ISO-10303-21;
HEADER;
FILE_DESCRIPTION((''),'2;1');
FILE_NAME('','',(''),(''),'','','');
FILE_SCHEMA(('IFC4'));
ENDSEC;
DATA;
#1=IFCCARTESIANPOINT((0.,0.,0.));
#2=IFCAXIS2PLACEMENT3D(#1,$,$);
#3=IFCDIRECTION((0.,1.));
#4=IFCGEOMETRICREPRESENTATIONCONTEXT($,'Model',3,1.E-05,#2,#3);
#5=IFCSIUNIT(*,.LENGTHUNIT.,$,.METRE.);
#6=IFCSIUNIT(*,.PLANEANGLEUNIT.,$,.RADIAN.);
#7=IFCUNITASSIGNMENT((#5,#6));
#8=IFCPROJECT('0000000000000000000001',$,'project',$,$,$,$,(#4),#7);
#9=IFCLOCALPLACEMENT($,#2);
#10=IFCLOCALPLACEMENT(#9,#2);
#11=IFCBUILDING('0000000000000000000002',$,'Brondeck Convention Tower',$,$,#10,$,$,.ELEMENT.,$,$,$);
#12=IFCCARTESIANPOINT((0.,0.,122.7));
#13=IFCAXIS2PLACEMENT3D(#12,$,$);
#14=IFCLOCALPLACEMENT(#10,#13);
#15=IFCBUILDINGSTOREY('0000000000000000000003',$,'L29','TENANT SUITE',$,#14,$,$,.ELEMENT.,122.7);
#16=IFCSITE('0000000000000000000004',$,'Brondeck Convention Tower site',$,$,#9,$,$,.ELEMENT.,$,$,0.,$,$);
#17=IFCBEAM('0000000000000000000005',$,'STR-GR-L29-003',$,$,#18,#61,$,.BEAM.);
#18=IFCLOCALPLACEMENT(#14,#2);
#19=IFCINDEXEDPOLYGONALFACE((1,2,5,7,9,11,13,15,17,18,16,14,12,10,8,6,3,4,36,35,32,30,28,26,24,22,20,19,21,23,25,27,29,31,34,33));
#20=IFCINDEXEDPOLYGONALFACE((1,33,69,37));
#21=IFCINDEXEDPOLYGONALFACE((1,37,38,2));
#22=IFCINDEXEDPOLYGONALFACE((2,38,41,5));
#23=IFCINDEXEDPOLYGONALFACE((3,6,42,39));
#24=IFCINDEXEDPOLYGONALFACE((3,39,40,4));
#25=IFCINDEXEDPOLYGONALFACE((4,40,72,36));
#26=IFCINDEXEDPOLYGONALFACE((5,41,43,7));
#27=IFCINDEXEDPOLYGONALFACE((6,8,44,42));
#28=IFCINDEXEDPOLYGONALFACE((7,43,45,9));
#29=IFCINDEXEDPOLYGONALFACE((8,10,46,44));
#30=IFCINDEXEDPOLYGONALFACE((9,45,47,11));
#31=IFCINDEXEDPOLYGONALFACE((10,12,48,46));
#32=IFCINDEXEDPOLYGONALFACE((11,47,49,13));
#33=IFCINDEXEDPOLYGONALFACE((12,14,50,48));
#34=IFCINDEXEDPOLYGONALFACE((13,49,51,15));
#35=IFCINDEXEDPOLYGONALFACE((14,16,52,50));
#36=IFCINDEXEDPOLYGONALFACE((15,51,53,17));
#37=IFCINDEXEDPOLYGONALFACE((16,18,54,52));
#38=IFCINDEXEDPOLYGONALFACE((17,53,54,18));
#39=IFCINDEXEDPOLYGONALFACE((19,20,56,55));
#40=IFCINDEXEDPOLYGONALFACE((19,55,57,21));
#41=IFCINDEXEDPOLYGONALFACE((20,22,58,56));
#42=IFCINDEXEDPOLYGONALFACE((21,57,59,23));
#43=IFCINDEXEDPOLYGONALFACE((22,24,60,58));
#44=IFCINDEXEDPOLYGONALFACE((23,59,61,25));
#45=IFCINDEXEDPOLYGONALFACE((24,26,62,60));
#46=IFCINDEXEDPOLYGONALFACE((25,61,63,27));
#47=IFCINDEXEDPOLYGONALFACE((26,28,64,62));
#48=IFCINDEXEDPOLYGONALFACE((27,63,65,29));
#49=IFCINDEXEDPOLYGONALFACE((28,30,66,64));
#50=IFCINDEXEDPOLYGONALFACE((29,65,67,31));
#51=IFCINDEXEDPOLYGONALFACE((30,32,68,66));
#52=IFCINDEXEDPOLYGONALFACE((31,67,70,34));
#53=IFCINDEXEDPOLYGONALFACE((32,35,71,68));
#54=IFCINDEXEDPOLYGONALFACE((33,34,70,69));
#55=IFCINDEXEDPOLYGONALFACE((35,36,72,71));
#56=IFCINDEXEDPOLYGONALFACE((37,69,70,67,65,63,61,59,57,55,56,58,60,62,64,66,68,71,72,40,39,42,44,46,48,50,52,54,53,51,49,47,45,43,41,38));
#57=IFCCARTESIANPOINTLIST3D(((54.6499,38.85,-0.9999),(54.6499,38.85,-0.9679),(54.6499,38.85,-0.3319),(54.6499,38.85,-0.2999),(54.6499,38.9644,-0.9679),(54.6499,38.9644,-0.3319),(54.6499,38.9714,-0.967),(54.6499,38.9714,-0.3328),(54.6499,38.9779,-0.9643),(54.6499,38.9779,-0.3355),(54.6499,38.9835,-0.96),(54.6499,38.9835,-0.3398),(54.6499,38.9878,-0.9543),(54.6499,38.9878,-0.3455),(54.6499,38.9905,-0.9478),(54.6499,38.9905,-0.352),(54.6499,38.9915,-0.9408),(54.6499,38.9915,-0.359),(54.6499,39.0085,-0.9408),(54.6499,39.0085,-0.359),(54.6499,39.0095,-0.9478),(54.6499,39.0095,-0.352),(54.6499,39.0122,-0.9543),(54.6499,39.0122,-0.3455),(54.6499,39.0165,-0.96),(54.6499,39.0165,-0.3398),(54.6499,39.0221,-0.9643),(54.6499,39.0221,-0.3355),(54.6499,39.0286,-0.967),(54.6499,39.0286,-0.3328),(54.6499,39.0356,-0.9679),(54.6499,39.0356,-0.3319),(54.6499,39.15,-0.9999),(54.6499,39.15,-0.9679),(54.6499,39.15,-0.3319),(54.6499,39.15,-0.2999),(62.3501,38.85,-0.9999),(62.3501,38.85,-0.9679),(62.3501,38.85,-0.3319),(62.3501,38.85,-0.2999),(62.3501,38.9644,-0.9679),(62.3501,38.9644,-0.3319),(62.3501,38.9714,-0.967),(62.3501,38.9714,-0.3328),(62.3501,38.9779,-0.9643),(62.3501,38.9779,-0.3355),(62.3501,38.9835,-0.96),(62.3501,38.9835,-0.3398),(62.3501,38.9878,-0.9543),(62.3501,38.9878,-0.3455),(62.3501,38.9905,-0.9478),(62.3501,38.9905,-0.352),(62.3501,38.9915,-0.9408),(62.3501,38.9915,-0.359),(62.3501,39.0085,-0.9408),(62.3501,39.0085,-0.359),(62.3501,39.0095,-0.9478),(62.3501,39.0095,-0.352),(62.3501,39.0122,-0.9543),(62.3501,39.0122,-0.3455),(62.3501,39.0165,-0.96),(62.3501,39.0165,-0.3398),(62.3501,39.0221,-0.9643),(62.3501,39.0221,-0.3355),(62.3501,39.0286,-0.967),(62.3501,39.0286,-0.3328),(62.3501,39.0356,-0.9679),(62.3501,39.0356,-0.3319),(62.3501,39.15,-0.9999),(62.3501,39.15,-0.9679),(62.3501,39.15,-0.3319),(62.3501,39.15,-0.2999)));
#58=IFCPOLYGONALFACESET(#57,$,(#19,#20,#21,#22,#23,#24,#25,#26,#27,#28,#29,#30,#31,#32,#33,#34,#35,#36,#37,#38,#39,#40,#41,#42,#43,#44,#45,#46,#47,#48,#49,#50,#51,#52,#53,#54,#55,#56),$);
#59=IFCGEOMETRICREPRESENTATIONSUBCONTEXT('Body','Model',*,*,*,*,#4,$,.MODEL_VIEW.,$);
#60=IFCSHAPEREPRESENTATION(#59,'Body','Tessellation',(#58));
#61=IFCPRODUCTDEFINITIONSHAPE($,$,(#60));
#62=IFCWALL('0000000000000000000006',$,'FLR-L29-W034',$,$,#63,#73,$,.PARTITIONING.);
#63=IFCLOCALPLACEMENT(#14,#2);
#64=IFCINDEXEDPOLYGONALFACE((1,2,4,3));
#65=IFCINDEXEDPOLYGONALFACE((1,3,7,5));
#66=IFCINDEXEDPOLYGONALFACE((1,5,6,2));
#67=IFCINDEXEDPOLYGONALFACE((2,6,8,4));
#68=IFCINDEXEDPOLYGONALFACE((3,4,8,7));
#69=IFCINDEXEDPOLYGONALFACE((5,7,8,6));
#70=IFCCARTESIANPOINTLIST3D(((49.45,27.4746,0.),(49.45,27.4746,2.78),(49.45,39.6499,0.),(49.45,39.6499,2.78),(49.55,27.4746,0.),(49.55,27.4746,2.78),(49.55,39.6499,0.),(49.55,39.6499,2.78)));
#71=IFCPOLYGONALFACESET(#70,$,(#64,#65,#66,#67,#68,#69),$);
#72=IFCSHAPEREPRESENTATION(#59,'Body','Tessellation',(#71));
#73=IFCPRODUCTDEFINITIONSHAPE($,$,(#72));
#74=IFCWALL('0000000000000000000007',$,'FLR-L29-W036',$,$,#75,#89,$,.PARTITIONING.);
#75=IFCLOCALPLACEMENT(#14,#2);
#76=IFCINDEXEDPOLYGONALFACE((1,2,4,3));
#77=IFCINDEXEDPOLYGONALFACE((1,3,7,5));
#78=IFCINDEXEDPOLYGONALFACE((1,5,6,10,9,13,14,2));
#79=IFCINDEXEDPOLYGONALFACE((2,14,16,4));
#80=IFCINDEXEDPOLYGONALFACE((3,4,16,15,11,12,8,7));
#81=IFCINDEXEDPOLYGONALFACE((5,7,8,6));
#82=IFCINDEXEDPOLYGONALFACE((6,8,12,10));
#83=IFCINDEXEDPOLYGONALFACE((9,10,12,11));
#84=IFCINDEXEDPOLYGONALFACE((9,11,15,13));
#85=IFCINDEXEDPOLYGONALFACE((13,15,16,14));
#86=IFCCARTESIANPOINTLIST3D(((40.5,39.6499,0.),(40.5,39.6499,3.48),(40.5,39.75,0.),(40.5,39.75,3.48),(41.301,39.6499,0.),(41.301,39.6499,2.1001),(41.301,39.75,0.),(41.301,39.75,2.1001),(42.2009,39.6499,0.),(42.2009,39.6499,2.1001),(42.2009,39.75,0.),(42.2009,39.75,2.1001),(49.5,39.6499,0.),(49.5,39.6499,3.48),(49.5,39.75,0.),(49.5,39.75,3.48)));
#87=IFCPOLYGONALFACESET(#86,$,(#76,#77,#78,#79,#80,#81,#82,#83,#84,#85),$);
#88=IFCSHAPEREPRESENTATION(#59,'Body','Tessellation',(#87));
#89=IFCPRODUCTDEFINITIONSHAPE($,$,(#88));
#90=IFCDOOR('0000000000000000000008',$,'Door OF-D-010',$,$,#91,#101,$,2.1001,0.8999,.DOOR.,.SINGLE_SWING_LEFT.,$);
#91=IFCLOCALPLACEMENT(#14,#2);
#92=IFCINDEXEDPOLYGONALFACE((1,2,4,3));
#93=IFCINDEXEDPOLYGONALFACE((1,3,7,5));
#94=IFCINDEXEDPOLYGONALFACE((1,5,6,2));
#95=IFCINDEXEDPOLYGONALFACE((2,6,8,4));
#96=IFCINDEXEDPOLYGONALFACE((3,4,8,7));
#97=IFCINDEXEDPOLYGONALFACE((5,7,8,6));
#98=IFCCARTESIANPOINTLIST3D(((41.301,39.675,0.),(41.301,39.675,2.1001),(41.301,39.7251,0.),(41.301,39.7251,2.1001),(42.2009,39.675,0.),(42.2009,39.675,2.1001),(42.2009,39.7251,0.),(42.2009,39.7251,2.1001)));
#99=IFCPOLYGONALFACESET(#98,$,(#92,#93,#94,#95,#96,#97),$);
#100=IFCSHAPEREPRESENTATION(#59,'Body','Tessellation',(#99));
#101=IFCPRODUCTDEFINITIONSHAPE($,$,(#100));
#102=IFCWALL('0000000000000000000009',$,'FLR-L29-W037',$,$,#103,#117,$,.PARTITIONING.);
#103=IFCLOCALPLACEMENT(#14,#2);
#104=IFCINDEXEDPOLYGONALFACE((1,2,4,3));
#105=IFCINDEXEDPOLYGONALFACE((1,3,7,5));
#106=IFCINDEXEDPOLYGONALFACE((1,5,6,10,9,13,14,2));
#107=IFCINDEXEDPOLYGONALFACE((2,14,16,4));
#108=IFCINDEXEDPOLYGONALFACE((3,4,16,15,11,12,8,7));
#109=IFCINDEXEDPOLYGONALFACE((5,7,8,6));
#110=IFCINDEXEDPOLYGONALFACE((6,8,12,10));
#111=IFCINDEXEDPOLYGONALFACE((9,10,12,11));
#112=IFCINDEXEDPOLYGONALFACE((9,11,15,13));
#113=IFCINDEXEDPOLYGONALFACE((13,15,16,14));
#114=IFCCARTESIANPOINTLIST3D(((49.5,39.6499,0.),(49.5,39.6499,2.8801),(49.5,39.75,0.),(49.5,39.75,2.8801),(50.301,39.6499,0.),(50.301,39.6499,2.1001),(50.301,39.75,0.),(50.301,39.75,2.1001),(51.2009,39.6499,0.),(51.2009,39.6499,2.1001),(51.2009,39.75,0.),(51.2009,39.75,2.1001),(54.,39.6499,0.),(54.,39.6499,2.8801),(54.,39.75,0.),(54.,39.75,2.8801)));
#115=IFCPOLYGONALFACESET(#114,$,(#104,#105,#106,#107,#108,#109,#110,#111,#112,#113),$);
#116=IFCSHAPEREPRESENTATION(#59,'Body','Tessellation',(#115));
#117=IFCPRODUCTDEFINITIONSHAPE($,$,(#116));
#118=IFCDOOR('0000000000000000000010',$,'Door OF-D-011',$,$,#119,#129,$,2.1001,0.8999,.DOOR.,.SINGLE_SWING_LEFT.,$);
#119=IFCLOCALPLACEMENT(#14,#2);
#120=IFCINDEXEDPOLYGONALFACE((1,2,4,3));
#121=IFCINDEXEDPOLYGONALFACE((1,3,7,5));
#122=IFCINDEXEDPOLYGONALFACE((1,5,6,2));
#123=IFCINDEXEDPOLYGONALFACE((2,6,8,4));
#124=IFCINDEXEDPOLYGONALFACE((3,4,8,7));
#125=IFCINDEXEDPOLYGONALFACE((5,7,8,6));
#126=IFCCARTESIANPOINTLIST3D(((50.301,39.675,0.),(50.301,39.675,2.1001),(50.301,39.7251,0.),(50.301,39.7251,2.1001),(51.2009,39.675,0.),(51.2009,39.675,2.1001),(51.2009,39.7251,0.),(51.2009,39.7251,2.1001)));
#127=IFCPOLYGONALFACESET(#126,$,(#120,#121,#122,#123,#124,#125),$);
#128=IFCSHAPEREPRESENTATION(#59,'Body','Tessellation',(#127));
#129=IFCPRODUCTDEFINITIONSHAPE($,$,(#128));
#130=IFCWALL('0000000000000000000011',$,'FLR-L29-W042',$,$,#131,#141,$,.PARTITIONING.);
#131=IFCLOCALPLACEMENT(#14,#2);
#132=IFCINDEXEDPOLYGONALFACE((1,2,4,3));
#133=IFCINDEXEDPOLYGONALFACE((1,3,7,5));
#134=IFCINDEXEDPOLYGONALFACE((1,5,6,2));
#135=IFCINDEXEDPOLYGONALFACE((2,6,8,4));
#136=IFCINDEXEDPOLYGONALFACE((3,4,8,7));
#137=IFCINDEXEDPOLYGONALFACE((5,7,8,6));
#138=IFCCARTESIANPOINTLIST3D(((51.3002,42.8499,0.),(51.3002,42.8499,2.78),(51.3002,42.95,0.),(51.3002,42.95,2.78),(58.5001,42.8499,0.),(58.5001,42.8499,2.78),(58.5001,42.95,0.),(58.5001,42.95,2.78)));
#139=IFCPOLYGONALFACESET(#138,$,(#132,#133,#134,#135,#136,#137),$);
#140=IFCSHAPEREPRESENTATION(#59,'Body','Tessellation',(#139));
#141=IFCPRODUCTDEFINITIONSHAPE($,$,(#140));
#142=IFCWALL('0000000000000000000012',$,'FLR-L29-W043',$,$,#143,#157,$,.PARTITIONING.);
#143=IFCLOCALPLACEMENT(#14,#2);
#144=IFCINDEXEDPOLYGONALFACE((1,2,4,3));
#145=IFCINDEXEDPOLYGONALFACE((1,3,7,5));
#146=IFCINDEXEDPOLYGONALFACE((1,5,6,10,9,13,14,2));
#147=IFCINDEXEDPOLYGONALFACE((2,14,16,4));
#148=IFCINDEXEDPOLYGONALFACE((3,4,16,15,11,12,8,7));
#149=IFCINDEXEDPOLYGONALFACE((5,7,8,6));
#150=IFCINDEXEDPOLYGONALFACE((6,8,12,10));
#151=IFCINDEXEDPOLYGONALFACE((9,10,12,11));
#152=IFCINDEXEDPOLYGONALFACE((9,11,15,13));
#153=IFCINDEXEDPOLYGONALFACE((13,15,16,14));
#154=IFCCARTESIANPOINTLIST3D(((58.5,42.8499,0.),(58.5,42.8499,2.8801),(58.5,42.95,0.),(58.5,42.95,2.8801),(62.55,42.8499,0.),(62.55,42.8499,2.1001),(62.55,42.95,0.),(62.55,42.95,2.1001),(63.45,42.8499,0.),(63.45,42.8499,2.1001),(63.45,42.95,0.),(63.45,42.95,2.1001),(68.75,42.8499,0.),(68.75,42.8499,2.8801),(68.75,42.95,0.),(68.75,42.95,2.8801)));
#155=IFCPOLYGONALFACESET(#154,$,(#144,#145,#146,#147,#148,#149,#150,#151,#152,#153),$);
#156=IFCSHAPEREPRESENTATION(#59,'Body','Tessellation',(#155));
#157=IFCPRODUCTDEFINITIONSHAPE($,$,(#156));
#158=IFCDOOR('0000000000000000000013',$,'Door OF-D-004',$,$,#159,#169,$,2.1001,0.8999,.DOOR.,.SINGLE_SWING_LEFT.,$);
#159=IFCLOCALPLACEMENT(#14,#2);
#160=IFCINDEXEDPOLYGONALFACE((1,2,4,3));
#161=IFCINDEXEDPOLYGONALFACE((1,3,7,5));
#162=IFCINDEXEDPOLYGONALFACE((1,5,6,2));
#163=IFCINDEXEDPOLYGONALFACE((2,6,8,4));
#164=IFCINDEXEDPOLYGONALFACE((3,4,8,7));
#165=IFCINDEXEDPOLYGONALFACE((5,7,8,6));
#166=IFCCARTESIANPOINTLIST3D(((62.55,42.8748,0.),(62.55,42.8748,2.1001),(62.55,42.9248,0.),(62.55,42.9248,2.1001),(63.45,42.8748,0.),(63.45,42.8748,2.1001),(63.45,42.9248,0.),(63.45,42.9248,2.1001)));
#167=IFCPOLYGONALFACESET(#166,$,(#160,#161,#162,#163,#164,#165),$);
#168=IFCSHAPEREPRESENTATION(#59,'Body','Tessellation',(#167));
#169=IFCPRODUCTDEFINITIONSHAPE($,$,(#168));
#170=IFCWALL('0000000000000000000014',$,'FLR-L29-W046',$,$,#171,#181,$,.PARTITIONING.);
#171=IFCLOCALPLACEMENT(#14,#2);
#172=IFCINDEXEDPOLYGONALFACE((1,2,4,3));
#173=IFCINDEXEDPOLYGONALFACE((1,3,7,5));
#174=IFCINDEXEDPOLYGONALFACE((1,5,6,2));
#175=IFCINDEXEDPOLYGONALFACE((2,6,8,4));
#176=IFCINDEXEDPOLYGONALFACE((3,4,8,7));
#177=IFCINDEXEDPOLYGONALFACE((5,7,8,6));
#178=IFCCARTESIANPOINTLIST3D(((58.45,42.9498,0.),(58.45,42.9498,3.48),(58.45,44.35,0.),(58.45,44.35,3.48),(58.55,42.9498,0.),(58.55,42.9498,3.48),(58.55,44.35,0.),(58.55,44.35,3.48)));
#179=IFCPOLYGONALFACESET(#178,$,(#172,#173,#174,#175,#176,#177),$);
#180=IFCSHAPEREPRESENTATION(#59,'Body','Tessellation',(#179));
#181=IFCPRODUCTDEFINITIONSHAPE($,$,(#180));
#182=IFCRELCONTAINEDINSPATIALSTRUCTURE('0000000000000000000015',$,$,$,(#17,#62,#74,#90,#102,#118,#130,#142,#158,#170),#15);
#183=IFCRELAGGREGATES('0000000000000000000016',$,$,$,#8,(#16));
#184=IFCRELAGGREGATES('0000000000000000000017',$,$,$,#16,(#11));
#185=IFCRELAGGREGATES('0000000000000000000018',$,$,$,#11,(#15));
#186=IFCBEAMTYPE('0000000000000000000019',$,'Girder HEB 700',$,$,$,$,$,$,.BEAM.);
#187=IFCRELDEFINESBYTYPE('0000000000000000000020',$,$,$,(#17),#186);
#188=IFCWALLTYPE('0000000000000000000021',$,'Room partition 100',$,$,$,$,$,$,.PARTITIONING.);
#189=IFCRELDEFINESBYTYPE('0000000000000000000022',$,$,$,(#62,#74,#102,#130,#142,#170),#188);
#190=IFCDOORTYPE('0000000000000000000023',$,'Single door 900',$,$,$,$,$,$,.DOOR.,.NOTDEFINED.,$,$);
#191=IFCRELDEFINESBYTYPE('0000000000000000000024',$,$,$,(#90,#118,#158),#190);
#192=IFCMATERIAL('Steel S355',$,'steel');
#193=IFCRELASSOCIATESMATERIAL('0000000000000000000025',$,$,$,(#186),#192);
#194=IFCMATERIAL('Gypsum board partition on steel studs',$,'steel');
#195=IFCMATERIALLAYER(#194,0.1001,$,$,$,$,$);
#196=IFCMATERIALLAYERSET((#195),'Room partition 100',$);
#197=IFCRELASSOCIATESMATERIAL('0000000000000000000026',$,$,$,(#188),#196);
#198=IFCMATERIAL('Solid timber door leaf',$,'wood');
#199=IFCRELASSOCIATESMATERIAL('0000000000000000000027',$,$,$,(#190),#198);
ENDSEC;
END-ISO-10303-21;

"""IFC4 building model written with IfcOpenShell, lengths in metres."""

from ifc_helpers import new_model, si_unit, direction, frame, frame_2d, origin, origin_2d, place, context, subcontext, project, spatial, rectangle, i_section, extrude, material, layer, layer_set, material_profile, profile_set, type_object, element, fill, save


model = new_model("IFC4")

# Units and contexts
model_context = context("Model", 3, precision=1e-05, world=origin(), true_north=direction((0.0, 1.0)))
body_context = subcontext(model_context, "Body", "Model", "MODEL_VIEW")
ifc_project = project(units=[si_unit("LENGTHUNIT", "METRE"), si_unit("PLANEANGLEUNIT", "RADIAN")], contexts=[model_context])

# Site, building, storey
site_placement = place(None, origin())
site = spatial("IfcSite", under=ifc_project, at=site_placement, Name="Brondeck Convention Tower site", CompositionType="ELEMENT", RefElevation=0.0)
building_placement = place(site_placement, origin())
building = spatial("IfcBuilding", under=site, at=building_placement, Name="Brondeck Convention Tower", CompositionType="ELEMENT")
storey_placement = place(building_placement, frame((0.0, 0.0, 122.7)))
storey = spatial("IfcBuildingStorey", under=building, at=storey_placement, Name="L29", Description="TENANT SUITE", CompositionType="ELEMENT", Elevation=122.7)

# Beam
ifc_material_1 = material(Name="Steel S355", Category="steel")
ifc_material_profile_1 = material_profile(ifc_material_1, i_section(OverallWidth=0.3, OverallDepth=0.7, WebThickness=0.0171, FlangeThickness=0.032, FilletRadius=0.0271, at=origin_2d()), Name="HEB 700")
ifc_profile_set_1 = profile_set([ifc_material_profile_1], Name="Steel S355")
beam_type_1 = type_object("IfcBeamType", Name="Girder HEB 700", PredefinedType="BEAM", material=ifc_profile_set_1)
for number, where, z_axis, x_axis, name in (
    (1, (54.6499, 39.0, -0.6499), (1.0, 0.0, 0.0), (0.0, 1.0, 0.0), "STR-GR-L29-003"),
):
    element("IfcBeam", number, at=place(storey_placement, frame(where, z_axis=z_axis, x_axis=x_axis)), inside=storey, type_object=beam_type_1, Name=name, PredefinedType="BEAM", context=body_context, shape_type="SweptSolid", body=[
        extrude(i_section(OverallWidth=0.3, OverallDepth=0.7, WebThickness=0.0171, FlangeThickness=0.032, FilletRadius=0.0271, at=origin_2d()), origin(), (0.0, 0.0, 1.0), 7.7002),
    ])

# Wall
ifc_material_2 = material(Name="Gypsum board partition on steel studs", Category="steel")
ifc_layer_1 = layer(ifc_material_2, 0.1001)
ifc_layer_set_1 = layer_set([ifc_layer_1], Name="Room partition 100")
wall_type_1 = type_object("IfcWallType", Name="Room partition 100", PredefinedType="PARTITIONING", material=ifc_layer_set_1)
wall_1_placement = place(storey_placement, frame((49.5, 39.6499, 0.0), z_axis=(0.0, 0.0, 1.0), x_axis=(0.0, -1.0, 0.0)))
element("IfcWall", 2, at=wall_1_placement, inside=storey, type_object=wall_type_1, Name="FLR-L29-W034", PredefinedType="PARTITIONING", context=body_context, shape_type="SweptSolid", body=[
    extrude(rectangle(XDim=12.1753, YDim=0.1001, at=frame_2d((6.0876, 0.0))), origin(), (0.0, 0.0, 1.0), 2.78),
])

# Walls, openings, doors
wall_2_placement = place(storey_placement, frame((49.5, 39.7, 0.0), z_axis=(0.0, 0.0, 1.0), x_axis=(-1.0, 0.0, 0.0)))
wall_2 = element("IfcWall", 3, at=wall_2_placement, inside=storey, type_object=wall_type_1, Name="FLR-L29-W036", PredefinedType="PARTITIONING", context=body_context, shape_type="SweptSolid", body=[
    extrude(rectangle(XDim=9.0, YDim=0.1001, at=frame_2d((4.5, 0.0))), origin(), (0.0, 0.0, 1.0), 3.48),
])
opening_1_placement = place(wall_2_placement, frame((7.2991, 0.0, 0.0)))
opening_1 = element("IfcOpeningElement", 4, at=opening_1_placement, cuts=wall_2, PredefinedType="OPENING", context=body_context, shape_type="SweptSolid", body=[
    extrude(rectangle(XDim=0.8999, YDim=2.1001, at=frame_2d((0.45, 1.05))), frame((0.0, 0.0601, 0.0), z_axis=(0.0, -1.0, 0.0), x_axis=(1.0, 0.0, 0.0)), (0.0, 0.0, 1.0), 0.1201),
])
ifc_material_3 = material(Name="Solid timber door leaf", Category="wood")
door_type_1 = type_object("IfcDoorType", Name="Single door 900", OperationType="NOTDEFINED", PredefinedType="DOOR", material=ifc_material_3)
door_1_placement = place(opening_1_placement, origin())
door_1 = element("IfcDoor", 5, at=door_1_placement, inside=storey, type_object=door_type_1, Name="Door OF-D-010", OperationType="SINGLE_SWING_LEFT", OverallHeight=2.1001, OverallWidth=0.8999, PredefinedType="DOOR", context=body_context, shape_type="SweptSolid", body=[
    extrude(rectangle(XDim=0.8999, YDim=2.1001, at=frame_2d((0.45, 1.05))), frame((0.0, 0.0249, 0.0), z_axis=(0.0, -1.0, 0.0), x_axis=(1.0, 0.0, 0.0)), (0.0, 0.0, 1.0), 0.05),
])
fill(opening_1, door_1)
wall_3_placement = place(storey_placement, frame((54.0, 39.7, 0.0), z_axis=(0.0, 0.0, 1.0), x_axis=(-1.0, 0.0, 0.0)))
wall_3 = element("IfcWall", 6, at=wall_3_placement, inside=storey, type_object=wall_type_1, Name="FLR-L29-W037", PredefinedType="PARTITIONING", context=body_context, shape_type="SweptSolid", body=[
    extrude(rectangle(XDim=4.5, YDim=0.1001, at=frame_2d((2.25, 0.0))), origin(), (0.0, 0.0, 1.0), 2.8801),
])
opening_2_placement = place(wall_3_placement, frame((2.7991, 0.0, 0.0)))
opening_2 = element("IfcOpeningElement", 7, at=opening_2_placement, cuts=wall_3, PredefinedType="OPENING", context=body_context, shape_type="SweptSolid", body=[
    extrude(rectangle(XDim=0.8999, YDim=2.1001, at=frame_2d((0.45, 1.05))), frame((0.0, 0.0601, 0.0), z_axis=(0.0, -1.0, 0.0), x_axis=(1.0, 0.0, 0.0)), (0.0, 0.0, 1.0), 0.1201),
])
door_2_placement = place(opening_2_placement, origin())
door_2 = element("IfcDoor", 8, at=door_2_placement, inside=storey, type_object=door_type_1, Name="Door OF-D-011", OperationType="SINGLE_SWING_LEFT", OverallHeight=2.1001, OverallWidth=0.8999, PredefinedType="DOOR", context=body_context, shape_type="SweptSolid", body=[
    extrude(rectangle(XDim=0.8999, YDim=2.1001, at=frame_2d((0.45, 1.05))), frame((0.0, 0.0249, 0.0), z_axis=(0.0, -1.0, 0.0), x_axis=(1.0, 0.0, 0.0)), (0.0, 0.0, 1.0), 0.05),
])
fill(opening_2, door_2)

# Wall
wall_4_placement = place(storey_placement, frame((51.3, 42.8999, 0.0), z_axis=(0.0, 0.0, 1.0), x_axis=(1.0, 0.0, 0.0)))
element("IfcWall", 9, at=wall_4_placement, inside=storey, type_object=wall_type_1, Name="FLR-L29-W042", PredefinedType="PARTITIONING", context=body_context, shape_type="SweptSolid", body=[
    extrude(rectangle(XDim=7.2, YDim=0.1001, at=frame_2d((3.6001, 0.0))), origin(), (0.0, 0.0, 1.0), 2.78),
])

# Wall, opening, door
wall_5_placement = place(storey_placement, frame((58.5, 42.8999, 0.0), z_axis=(0.0, 0.0, 1.0), x_axis=(1.0, 0.0, 0.0)))
wall_5 = element("IfcWall", 10, at=wall_5_placement, inside=storey, type_object=wall_type_1, Name="FLR-L29-W043", PredefinedType="PARTITIONING", context=body_context, shape_type="SweptSolid", body=[
    extrude(rectangle(XDim=10.25, YDim=0.1001, at=frame_2d((5.125, 0.0))), origin(), (0.0, 0.0, 1.0), 2.8801),
])
opening_3_placement = place(wall_5_placement, frame((4.05, 0.0, 0.0)))
opening_3 = element("IfcOpeningElement", 11, at=opening_3_placement, cuts=wall_5, PredefinedType="OPENING", context=body_context, shape_type="SweptSolid", body=[
    extrude(rectangle(XDim=0.8999, YDim=2.1001, at=frame_2d((0.45, 1.05))), frame((0.0, 0.0601, 0.0), z_axis=(0.0, -1.0, 0.0), x_axis=(1.0, 0.0, 0.0)), (0.0, 0.0, 1.0), 0.1201),
])
door_3_placement = place(opening_3_placement, origin())
door_3 = element("IfcDoor", 12, at=door_3_placement, inside=storey, type_object=door_type_1, Name="Door OF-D-004", OperationType="SINGLE_SWING_LEFT", OverallHeight=2.1001, OverallWidth=0.8999, PredefinedType="DOOR", context=body_context, shape_type="SweptSolid", body=[
    extrude(rectangle(XDim=0.8999, YDim=2.1001, at=frame_2d((0.45, 1.05))), frame((0.0, 0.0249, 0.0), z_axis=(0.0, -1.0, 0.0), x_axis=(1.0, 0.0, 0.0)), (0.0, 0.0, 1.0), 0.05),
])
fill(opening_3, door_3)

# Wall
wall_6_placement = place(storey_placement, frame((58.5, 44.3501, 0.0), z_axis=(0.0, 0.0, 1.0), x_axis=(0.0, -1.0, 0.0)))
element("IfcWall", 13, at=wall_6_placement, inside=storey, type_object=wall_type_1, Name="FLR-L29-W046", PredefinedType="PARTITIONING", context=body_context, shape_type="SweptSolid", body=[
    extrude(rectangle(XDim=1.4001, YDim=0.1001, at=frame_2d((0.7002, 0.0))), origin(), (0.0, 0.0, 1.0), 3.48),
])

save(model, "model.ifc")
